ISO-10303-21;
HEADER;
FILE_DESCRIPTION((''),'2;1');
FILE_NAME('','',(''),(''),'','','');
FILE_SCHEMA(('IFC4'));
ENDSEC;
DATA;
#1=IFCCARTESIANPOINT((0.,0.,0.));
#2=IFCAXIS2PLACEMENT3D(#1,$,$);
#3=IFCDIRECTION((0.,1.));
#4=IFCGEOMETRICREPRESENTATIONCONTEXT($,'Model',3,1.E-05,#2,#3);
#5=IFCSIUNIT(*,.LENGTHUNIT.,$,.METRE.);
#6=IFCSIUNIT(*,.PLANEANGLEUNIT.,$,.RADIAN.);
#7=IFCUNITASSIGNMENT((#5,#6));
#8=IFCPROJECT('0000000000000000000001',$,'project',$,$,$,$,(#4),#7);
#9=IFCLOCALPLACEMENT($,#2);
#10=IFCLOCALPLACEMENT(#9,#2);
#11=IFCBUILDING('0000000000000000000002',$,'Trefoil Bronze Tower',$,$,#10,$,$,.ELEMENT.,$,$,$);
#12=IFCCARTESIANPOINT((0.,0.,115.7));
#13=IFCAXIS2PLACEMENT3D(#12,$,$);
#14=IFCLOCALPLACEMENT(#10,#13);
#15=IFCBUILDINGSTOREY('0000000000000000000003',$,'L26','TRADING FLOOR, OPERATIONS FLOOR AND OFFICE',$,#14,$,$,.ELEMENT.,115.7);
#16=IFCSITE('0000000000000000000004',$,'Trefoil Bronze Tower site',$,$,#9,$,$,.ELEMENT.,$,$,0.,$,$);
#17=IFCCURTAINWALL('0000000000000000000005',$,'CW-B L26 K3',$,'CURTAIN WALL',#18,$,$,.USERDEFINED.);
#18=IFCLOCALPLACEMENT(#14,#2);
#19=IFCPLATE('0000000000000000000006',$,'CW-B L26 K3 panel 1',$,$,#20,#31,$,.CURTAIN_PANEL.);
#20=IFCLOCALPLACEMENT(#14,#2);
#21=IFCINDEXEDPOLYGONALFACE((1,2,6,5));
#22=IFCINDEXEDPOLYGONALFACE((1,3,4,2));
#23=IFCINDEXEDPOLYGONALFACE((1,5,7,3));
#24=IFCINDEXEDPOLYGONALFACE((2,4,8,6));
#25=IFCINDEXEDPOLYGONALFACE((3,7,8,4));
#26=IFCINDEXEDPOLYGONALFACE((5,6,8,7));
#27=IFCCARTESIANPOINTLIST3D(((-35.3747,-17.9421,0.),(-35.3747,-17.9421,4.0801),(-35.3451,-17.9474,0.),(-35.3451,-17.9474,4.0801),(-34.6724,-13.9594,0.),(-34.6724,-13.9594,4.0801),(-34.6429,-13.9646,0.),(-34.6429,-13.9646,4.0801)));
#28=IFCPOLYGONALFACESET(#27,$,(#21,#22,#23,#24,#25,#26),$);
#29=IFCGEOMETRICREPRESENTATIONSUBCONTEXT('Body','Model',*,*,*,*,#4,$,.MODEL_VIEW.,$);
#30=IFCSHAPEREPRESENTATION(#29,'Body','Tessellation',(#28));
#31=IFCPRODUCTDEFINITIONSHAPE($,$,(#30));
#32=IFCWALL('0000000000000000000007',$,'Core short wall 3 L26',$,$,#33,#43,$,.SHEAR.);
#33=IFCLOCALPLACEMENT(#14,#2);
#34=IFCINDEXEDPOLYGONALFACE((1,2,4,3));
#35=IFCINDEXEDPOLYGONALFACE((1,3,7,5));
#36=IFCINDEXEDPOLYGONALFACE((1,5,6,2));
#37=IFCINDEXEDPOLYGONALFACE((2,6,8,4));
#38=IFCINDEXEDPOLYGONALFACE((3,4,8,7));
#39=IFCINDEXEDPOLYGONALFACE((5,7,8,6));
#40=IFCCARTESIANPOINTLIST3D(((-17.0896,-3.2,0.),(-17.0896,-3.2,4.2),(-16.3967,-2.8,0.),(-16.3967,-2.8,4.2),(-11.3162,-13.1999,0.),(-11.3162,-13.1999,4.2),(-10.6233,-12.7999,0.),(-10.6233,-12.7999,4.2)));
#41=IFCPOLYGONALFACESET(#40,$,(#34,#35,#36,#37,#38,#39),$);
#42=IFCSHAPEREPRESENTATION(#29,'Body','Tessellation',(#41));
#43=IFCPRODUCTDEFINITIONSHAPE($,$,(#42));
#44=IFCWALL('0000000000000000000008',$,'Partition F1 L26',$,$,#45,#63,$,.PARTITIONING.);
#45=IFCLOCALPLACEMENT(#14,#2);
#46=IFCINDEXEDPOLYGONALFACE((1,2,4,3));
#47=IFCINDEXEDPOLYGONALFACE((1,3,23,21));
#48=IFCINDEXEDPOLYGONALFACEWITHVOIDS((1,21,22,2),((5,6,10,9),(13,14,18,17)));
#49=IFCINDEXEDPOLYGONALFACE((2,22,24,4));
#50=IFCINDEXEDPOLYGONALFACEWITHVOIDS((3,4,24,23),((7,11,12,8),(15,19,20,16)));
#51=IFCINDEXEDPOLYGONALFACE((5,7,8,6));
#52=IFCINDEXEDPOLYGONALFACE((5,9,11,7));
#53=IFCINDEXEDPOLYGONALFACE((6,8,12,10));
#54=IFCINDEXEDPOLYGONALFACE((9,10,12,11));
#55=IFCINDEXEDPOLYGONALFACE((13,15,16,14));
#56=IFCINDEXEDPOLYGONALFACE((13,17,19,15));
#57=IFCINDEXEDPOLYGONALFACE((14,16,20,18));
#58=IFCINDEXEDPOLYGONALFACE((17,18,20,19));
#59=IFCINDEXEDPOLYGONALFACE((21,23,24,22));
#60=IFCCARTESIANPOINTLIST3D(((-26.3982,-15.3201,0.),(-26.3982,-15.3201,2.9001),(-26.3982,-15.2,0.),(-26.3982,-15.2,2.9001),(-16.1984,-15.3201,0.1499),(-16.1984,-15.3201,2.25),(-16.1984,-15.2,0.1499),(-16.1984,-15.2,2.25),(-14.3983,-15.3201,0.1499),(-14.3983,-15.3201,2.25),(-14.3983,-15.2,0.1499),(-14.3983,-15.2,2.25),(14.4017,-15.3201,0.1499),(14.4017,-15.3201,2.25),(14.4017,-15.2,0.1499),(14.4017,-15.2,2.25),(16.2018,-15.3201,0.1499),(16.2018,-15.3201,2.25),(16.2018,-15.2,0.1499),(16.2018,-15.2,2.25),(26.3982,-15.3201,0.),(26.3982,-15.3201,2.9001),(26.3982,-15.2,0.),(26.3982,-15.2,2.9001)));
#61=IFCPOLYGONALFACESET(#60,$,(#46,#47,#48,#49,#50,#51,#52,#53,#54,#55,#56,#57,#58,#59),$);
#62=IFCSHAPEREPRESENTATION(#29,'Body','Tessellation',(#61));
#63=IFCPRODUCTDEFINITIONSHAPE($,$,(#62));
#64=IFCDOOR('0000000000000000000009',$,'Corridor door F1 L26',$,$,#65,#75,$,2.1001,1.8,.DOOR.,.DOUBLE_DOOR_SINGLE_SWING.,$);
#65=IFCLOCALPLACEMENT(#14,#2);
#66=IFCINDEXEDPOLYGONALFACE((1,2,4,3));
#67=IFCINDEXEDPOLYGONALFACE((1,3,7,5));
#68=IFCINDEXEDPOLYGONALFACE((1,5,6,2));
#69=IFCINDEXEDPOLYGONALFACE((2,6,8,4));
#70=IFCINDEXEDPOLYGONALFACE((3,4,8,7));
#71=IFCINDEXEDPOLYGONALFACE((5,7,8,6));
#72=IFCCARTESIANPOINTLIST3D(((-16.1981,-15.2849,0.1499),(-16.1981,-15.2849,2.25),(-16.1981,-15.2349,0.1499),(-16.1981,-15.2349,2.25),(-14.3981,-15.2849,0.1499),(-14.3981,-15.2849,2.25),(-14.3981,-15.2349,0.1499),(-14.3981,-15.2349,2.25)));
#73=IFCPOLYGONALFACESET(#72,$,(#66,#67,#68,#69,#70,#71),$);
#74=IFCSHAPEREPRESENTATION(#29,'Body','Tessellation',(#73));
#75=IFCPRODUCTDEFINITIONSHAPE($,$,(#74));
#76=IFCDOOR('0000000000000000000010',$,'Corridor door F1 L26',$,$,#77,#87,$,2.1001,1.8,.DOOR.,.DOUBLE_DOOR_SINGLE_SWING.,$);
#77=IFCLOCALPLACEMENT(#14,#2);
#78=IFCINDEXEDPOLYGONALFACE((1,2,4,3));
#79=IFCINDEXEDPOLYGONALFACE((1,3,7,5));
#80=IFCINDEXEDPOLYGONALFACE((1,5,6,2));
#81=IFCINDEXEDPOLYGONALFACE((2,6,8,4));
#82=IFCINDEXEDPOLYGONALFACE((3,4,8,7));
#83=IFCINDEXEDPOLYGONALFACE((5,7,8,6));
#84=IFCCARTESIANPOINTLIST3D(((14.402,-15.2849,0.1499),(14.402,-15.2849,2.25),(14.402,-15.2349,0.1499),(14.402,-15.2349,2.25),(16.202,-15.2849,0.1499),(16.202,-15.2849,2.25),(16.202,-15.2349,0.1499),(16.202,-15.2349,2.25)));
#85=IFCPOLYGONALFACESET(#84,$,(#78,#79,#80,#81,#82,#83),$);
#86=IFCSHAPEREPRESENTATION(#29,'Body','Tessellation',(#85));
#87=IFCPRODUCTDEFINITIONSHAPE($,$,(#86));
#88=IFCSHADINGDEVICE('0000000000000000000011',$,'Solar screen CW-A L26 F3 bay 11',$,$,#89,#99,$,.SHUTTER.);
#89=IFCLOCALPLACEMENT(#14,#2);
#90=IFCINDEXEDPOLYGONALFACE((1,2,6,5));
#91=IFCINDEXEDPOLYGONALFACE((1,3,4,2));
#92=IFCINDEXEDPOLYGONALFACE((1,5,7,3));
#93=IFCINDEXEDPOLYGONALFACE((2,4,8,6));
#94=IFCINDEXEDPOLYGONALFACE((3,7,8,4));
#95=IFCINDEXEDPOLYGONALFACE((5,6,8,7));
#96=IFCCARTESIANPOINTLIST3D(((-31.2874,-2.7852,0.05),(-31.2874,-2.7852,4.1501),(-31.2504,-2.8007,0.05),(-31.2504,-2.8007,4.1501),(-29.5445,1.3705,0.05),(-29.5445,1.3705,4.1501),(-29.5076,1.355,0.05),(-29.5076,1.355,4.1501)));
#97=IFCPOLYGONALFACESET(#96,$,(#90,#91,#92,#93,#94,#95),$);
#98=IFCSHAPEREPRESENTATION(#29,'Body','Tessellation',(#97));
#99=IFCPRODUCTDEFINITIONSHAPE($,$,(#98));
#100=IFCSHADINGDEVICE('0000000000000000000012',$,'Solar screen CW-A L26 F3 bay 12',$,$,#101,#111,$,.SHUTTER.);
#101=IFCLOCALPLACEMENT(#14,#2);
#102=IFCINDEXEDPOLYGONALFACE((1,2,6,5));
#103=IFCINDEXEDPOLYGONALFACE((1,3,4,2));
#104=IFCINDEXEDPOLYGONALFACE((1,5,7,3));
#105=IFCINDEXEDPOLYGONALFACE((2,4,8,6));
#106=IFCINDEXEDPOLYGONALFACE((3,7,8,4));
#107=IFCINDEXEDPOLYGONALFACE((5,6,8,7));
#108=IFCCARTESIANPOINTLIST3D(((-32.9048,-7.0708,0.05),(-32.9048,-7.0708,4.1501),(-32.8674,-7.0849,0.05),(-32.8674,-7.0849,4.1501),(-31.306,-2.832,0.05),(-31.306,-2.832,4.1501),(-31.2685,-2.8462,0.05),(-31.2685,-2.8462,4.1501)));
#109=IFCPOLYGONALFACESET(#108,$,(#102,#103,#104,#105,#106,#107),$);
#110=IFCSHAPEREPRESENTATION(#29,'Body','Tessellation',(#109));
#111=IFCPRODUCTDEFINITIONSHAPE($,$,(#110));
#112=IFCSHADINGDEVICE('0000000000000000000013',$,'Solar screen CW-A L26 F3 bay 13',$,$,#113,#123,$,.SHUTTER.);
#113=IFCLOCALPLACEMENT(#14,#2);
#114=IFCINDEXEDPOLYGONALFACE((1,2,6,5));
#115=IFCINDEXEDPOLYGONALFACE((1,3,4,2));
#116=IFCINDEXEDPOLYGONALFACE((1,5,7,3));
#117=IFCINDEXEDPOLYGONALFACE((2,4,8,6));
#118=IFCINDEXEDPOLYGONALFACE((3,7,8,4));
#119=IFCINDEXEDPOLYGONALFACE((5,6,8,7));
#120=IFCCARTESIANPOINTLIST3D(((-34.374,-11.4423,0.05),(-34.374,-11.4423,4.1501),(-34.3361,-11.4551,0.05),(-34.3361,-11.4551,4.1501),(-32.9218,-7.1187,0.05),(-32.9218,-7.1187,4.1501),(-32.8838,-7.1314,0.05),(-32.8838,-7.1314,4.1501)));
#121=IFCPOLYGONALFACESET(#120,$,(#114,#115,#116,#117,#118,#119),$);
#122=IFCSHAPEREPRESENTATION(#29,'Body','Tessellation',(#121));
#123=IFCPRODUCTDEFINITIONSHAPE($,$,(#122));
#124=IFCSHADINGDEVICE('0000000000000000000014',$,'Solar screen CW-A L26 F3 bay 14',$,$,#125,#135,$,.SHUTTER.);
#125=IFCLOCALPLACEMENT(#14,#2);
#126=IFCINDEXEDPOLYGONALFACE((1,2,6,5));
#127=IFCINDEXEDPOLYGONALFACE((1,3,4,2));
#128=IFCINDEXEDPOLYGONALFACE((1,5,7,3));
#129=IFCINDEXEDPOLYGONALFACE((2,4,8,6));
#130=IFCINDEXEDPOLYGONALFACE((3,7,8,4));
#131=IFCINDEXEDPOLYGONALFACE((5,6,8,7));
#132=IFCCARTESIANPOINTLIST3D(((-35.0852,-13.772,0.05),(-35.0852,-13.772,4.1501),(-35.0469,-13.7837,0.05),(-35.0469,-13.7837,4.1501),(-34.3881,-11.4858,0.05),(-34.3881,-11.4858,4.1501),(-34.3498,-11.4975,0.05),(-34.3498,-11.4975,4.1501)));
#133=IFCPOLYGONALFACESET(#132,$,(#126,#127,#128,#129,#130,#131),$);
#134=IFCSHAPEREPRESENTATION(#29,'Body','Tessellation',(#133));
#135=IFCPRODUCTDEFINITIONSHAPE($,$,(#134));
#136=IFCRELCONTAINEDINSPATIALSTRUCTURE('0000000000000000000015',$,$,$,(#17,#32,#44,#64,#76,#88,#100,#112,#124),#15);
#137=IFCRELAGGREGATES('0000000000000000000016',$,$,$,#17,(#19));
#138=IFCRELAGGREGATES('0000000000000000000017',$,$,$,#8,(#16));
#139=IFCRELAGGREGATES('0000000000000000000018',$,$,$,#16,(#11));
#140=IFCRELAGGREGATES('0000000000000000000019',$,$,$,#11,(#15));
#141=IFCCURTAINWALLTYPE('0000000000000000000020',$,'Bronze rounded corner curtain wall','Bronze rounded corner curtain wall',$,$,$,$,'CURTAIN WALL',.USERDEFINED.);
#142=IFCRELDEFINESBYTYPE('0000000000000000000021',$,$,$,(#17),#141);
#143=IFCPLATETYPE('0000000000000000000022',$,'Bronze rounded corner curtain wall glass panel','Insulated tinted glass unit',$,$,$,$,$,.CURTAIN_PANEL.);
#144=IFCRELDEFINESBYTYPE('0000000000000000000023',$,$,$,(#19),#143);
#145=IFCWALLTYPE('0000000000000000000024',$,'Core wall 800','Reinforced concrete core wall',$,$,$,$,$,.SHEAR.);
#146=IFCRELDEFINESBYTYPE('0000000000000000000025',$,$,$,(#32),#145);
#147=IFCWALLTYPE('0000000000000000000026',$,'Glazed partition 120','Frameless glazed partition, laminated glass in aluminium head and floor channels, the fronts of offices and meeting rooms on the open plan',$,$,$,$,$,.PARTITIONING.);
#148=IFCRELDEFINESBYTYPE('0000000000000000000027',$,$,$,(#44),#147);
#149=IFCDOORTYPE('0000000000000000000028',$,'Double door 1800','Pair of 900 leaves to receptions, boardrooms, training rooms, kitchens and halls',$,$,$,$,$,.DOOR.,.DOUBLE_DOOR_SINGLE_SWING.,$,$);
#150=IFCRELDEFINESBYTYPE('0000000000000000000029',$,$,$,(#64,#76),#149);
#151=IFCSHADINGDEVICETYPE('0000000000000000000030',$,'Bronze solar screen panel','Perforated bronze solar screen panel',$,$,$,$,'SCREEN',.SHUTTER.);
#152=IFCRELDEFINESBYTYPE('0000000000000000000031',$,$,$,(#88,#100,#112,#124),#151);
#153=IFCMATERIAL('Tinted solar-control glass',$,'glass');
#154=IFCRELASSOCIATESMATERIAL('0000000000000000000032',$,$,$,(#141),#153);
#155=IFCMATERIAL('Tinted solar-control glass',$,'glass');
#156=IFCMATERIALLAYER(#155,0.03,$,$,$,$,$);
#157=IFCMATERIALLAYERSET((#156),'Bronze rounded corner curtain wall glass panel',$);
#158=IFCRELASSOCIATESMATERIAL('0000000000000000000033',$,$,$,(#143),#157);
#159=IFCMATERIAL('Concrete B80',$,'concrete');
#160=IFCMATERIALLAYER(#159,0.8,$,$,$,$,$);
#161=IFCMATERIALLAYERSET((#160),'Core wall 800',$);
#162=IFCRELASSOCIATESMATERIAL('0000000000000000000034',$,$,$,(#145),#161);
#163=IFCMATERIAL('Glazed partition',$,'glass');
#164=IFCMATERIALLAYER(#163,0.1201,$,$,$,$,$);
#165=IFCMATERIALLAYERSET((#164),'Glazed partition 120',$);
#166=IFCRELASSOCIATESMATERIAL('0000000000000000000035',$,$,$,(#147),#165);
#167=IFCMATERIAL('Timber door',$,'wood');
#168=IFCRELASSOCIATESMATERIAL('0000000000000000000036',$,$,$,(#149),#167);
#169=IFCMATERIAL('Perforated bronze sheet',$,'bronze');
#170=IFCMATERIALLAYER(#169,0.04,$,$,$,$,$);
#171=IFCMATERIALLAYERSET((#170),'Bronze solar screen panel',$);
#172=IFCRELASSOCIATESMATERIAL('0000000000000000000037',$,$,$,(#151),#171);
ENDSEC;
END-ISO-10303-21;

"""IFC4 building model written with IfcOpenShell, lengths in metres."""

from ifc_helpers import new_model, si_unit, direction, frame, frame_2d, origin, origin_2d, place, context, subcontext, project, spatial, rectangle, extrude, material, layer, layer_set, type_object, element, fill, aggregate, save


model = new_model("IFC4")

# Units and contexts
model_context = context("Model", 3, precision=1e-05, world=origin(), true_north=direction((0.0, 1.0)))
body_context = subcontext(model_context, "Body", "Model", "MODEL_VIEW")
ifc_project = project(units=[si_unit("LENGTHUNIT", "METRE"), si_unit("PLANEANGLEUNIT", "RADIAN")], contexts=[model_context])

# Site, building, storey
site_placement = place(None, origin())
site = spatial("IfcSite", under=ifc_project, at=site_placement, Name="Trefoil Bronze Tower site", CompositionType="ELEMENT", RefElevation=0.0)
building_placement = place(site_placement, origin())
building = spatial("IfcBuilding", under=site, at=building_placement, Name="Trefoil Bronze Tower", CompositionType="ELEMENT")
storey_placement = place(building_placement, frame((0.0, 0.0, 115.7)))
storey = spatial("IfcBuildingStorey", under=building, at=storey_placement, Name="L26", Description="TRADING FLOOR, OPERATIONS FLOOR AND OFFICE", CompositionType="ELEMENT", Elevation=115.7)

# Curtain wall
ifc_material_1 = material(Name="Tinted solar-control glass", Category="glass")
curtain_wall_type_1 = type_object("IfcCurtainWallType", Name="Bronze rounded corner curtain wall", Description="Bronze rounded corner curtain wall", ElementType="CURTAIN WALL", PredefinedType="USERDEFINED", material=ifc_material_1)
curtain_wall_1_placement = place(storey_placement, origin())
curtain_wall_1 = element("IfcCurtainWall", 1, at=curtain_wall_1_placement, inside=storey, type_object=curtain_wall_type_1, Name="CW-B L26 K3", ObjectType="CURTAIN WALL", PredefinedType="USERDEFINED")

# Plate
ifc_material_2 = material(Name="Tinted solar-control glass", Category="glass")
ifc_layer_1 = layer(ifc_material_2, 0.03)
ifc_layer_set_1 = layer_set([ifc_layer_1], Name="Bronze rounded corner curtain wall glass panel")
plate_type_1 = type_object("IfcPlateType", Name="Bronze rounded corner curtain wall glass panel", Description="Insulated tinted glass unit", PredefinedType="CURTAIN_PANEL", material=ifc_layer_set_1)
plate_1_placement = place(storey_placement, frame((-35.0088, -15.9534, 0.0), z_axis=(0.0, 0.0, 1.0), x_axis=(-0.173648, -0.984808, 0.0)))
plate_1 = element("IfcPlate", 2, at=plate_1_placement, type_object=plate_type_1, Name="CW-B L26 K3 panel 1", PredefinedType="CURTAIN_PANEL", context=body_context, shape_type="SweptSolid", body=[
    extrude(rectangle(XDim=4.0442, YDim=0.03, at=origin_2d()), origin(), (0.0, 0.0, 1.0), 4.0801),
])
aggregate(curtain_wall_1, [plate_1])

# Wall
ifc_material_3 = material(Name="Concrete B80", Category="concrete")
ifc_layer_2 = layer(ifc_material_3, 0.8)
ifc_layer_set_2 = layer_set([ifc_layer_2], Name="Core wall 800")
wall_type_1 = type_object("IfcWallType", Name="Core wall 800", Description="Reinforced concrete core wall", PredefinedType="SHEAR", material=ifc_layer_set_2)
wall_1_placement = place(storey_placement, frame((-16.7432, -3.0, 0.0), z_axis=(0.0, 0.0, 1.0), x_axis=(0.499996, -0.866028, 0.0)))
element("IfcWall", 3, at=wall_1_placement, inside=storey, type_object=wall_type_1, Name="Core short wall 3 L26", PredefinedType="SHEAR", context=body_context, shape_type="SweptSolid", body=[
    extrude(rectangle(XDim=11.5469, YDim=0.8, at=frame_2d((5.7734, 0.0))), origin(), (0.0, 0.0, 1.0), 4.2),
])

# Wall, openings, doors
ifc_material_4 = material(Name="Glazed partition", Category="glass")
ifc_layer_3 = layer(ifc_material_4, 0.1201)
ifc_layer_set_3 = layer_set([ifc_layer_3], Name="Glazed partition 120")
wall_type_2 = type_object("IfcWallType", Name="Glazed partition 120", Description="Frameless glazed partition, laminated glass in aluminium head and floor channels, the fronts of offices and meeting rooms on the open plan", PredefinedType="PARTITIONING", material=ifc_layer_set_3)
wall_2_placement = place(storey_placement, frame((-26.3982, -15.26, 0.0), z_axis=(0.0, 0.0, 1.0), x_axis=(1.0, 0.0, 0.0)))
wall_2 = element("IfcWall", 4, at=wall_2_placement, inside=storey, type_object=wall_type_2, Name="Partition F1 L26", PredefinedType="PARTITIONING", context=body_context, shape_type="SweptSolid", body=[
    extrude(rectangle(XDim=52.7964, YDim=0.1201, at=frame_2d((26.3982, 0.0))), origin(), (0.0, 0.0, 1.0), 2.9001),
])
opening_1_placement = place(wall_2_placement, frame((10.2, 0.0, 0.1499)))
opening_1 = element("IfcOpeningElement", 5, at=opening_1_placement, cuts=wall_2, PredefinedType="OPENING", context=body_context, shape_type="SweptSolid", body=[
    extrude(rectangle(XDim=1.8, YDim=2.1001, at=frame_2d((0.8999, 1.05))), frame((0.0, 0.0701, 0.0), z_axis=(0.0, -1.0, 0.0), x_axis=(1.0, 0.0, 0.0)), (0.0, 0.0, 1.0), 0.1401),
])
opening_2_placement = place(wall_2_placement, frame((40.8, 0.0, 0.1499)))
opening_2 = element("IfcOpeningElement", 6, at=opening_2_placement, cuts=wall_2, PredefinedType="OPENING", context=body_context, shape_type="SweptSolid", body=[
    extrude(rectangle(XDim=1.8, YDim=2.1001, at=frame_2d((0.8999, 1.05))), frame((0.0, 0.0701, 0.0), z_axis=(0.0, -1.0, 0.0), x_axis=(1.0, 0.0, 0.0)), (0.0, 0.0, 1.0), 0.1401),
])
ifc_material_5 = material(Name="Timber door", Category="wood")
door_type = type_object("IfcDoorType", Name="Double door 1800", Description="Pair of 900 leaves to receptions, boardrooms, training rooms, kitchens and halls", OperationType="DOUBLE_DOOR_SINGLE_SWING", PredefinedType="DOOR", material=ifc_material_5)
door_1_placement = place(opening_1_placement, frame((1.8, 0.0, 0.0), z_axis=(0.0, 0.0, 1.0), x_axis=(-1.0, 0.0, 0.0)))
door_1 = element("IfcDoor", 7, at=door_1_placement, inside=storey, type_object=door_type, Name="Corridor door F1 L26", OperationType="DOUBLE_DOOR_SINGLE_SWING", OverallHeight=2.1001, OverallWidth=1.8, PredefinedType="DOOR", context=body_context, shape_type="SweptSolid", body=[
    extrude(rectangle(XDim=1.8, YDim=2.1001, at=frame_2d((0.8999, 1.05))), frame((0.0, 0.0249, 0.0), z_axis=(0.0, -1.0, 0.0), x_axis=(1.0, 0.0, 0.0)), (0.0, 0.0, 1.0), 0.05),
])
fill(opening_1, door_1)
door_2_placement = place(opening_2_placement, frame((1.8, 0.0, 0.0), z_axis=(0.0, 0.0, 1.0), x_axis=(-1.0, 0.0, 0.0)))
door_2 = element("IfcDoor", 8, at=door_2_placement, inside=storey, type_object=door_type, Name="Corridor door F1 L26", OperationType="DOUBLE_DOOR_SINGLE_SWING", OverallHeight=2.1001, OverallWidth=1.8, PredefinedType="DOOR", context=body_context, shape_type="SweptSolid", body=[
    extrude(rectangle(XDim=1.8, YDim=2.1001, at=frame_2d((0.8999, 1.05))), frame((0.0, 0.0249, 0.0), z_axis=(0.0, -1.0, 0.0), x_axis=(1.0, 0.0, 0.0)), (0.0, 0.0, 1.0), 0.05),
])
fill(opening_2, door_2)

# Shading devices
ifc_material_6 = material(Name="Perforated bronze sheet", Category="bronze")
ifc_layer_4 = layer(ifc_material_6, 0.04)
ifc_layer_set_4 = layer_set([ifc_layer_4], Name="Bronze solar screen panel")
shading_device_type = type_object("IfcShadingDeviceType", Name="Bronze solar screen panel", Description="Perforated bronze solar screen panel", ElementType="SCREEN", PredefinedType="SHUTTER", material=ifc_layer_set_4)
shading_device_1_placement = place(storey_placement, frame((-30.3975, -0.7151, 0.05), z_axis=(0.0, 0.0, 1.0), x_axis=(-0.386759, -0.922181, 0.0)))
element("IfcShadingDevice", 9, at=shading_device_1_placement, inside=storey, type_object=shading_device_type, Name="Solar screen CW-A L26 F3 bay 11", PredefinedType="SHUTTER", context=body_context, shape_type="SweptSolid", body=[
    extrude(rectangle(XDim=4.5063, YDim=0.04, at=origin_2d()), origin(), (0.0, 0.0, 1.0), 4.1001),
])
shading_device_2_placement = place(storey_placement, frame((-32.0867, -4.9585, 0.05), z_axis=(0.0, 0.0, 1.0), x_axis=(-0.35292, -0.935654, 0.0)))
element("IfcShadingDevice", 10, at=shading_device_2_placement, inside=storey, type_object=shading_device_type, Name="Solar screen CW-A L26 F3 bay 12", PredefinedType="SHUTTER", context=body_context, shape_type="SweptSolid", body=[
    extrude(rectangle(XDim=4.5303, YDim=0.04, at=origin_2d()), origin(), (0.0, 0.0, 1.0), 4.1001),
])
shading_device_3_placement = place(storey_placement, frame((-33.6289, -9.2869, 0.05), z_axis=(0.0, 0.0, 1.0), x_axis=(-0.318404, -0.947955, 0.0)))
element("IfcShadingDevice", 11, at=shading_device_3_placement, inside=storey, type_object=shading_device_type, Name="Solar screen CW-A L26 F3 bay 13", PredefinedType="SHUTTER", context=body_context, shape_type="SweptSolid", body=[
    extrude(rectangle(XDim=4.561, YDim=0.04, at=origin_2d()), origin(), (0.0, 0.0, 1.0), 4.1001),
])
shading_device_4_placement = place(storey_placement, frame((-34.7175, -12.6348, 0.05), z_axis=(0.0, 0.0, 1.0), x_axis=(-0.291669, -0.956519, 0.0)))
element("IfcShadingDevice", 12, at=shading_device_4_placement, inside=storey, type_object=shading_device_type, Name="Solar screen CW-A L26 F3 bay 14", PredefinedType="SHUTTER", context=body_context, shape_type="SweptSolid", body=[
    extrude(rectangle(XDim=2.3901, YDim=0.04, at=origin_2d()), origin(), (0.0, 0.0, 1.0), 4.1001),
])

save(model, "model.ifc")
